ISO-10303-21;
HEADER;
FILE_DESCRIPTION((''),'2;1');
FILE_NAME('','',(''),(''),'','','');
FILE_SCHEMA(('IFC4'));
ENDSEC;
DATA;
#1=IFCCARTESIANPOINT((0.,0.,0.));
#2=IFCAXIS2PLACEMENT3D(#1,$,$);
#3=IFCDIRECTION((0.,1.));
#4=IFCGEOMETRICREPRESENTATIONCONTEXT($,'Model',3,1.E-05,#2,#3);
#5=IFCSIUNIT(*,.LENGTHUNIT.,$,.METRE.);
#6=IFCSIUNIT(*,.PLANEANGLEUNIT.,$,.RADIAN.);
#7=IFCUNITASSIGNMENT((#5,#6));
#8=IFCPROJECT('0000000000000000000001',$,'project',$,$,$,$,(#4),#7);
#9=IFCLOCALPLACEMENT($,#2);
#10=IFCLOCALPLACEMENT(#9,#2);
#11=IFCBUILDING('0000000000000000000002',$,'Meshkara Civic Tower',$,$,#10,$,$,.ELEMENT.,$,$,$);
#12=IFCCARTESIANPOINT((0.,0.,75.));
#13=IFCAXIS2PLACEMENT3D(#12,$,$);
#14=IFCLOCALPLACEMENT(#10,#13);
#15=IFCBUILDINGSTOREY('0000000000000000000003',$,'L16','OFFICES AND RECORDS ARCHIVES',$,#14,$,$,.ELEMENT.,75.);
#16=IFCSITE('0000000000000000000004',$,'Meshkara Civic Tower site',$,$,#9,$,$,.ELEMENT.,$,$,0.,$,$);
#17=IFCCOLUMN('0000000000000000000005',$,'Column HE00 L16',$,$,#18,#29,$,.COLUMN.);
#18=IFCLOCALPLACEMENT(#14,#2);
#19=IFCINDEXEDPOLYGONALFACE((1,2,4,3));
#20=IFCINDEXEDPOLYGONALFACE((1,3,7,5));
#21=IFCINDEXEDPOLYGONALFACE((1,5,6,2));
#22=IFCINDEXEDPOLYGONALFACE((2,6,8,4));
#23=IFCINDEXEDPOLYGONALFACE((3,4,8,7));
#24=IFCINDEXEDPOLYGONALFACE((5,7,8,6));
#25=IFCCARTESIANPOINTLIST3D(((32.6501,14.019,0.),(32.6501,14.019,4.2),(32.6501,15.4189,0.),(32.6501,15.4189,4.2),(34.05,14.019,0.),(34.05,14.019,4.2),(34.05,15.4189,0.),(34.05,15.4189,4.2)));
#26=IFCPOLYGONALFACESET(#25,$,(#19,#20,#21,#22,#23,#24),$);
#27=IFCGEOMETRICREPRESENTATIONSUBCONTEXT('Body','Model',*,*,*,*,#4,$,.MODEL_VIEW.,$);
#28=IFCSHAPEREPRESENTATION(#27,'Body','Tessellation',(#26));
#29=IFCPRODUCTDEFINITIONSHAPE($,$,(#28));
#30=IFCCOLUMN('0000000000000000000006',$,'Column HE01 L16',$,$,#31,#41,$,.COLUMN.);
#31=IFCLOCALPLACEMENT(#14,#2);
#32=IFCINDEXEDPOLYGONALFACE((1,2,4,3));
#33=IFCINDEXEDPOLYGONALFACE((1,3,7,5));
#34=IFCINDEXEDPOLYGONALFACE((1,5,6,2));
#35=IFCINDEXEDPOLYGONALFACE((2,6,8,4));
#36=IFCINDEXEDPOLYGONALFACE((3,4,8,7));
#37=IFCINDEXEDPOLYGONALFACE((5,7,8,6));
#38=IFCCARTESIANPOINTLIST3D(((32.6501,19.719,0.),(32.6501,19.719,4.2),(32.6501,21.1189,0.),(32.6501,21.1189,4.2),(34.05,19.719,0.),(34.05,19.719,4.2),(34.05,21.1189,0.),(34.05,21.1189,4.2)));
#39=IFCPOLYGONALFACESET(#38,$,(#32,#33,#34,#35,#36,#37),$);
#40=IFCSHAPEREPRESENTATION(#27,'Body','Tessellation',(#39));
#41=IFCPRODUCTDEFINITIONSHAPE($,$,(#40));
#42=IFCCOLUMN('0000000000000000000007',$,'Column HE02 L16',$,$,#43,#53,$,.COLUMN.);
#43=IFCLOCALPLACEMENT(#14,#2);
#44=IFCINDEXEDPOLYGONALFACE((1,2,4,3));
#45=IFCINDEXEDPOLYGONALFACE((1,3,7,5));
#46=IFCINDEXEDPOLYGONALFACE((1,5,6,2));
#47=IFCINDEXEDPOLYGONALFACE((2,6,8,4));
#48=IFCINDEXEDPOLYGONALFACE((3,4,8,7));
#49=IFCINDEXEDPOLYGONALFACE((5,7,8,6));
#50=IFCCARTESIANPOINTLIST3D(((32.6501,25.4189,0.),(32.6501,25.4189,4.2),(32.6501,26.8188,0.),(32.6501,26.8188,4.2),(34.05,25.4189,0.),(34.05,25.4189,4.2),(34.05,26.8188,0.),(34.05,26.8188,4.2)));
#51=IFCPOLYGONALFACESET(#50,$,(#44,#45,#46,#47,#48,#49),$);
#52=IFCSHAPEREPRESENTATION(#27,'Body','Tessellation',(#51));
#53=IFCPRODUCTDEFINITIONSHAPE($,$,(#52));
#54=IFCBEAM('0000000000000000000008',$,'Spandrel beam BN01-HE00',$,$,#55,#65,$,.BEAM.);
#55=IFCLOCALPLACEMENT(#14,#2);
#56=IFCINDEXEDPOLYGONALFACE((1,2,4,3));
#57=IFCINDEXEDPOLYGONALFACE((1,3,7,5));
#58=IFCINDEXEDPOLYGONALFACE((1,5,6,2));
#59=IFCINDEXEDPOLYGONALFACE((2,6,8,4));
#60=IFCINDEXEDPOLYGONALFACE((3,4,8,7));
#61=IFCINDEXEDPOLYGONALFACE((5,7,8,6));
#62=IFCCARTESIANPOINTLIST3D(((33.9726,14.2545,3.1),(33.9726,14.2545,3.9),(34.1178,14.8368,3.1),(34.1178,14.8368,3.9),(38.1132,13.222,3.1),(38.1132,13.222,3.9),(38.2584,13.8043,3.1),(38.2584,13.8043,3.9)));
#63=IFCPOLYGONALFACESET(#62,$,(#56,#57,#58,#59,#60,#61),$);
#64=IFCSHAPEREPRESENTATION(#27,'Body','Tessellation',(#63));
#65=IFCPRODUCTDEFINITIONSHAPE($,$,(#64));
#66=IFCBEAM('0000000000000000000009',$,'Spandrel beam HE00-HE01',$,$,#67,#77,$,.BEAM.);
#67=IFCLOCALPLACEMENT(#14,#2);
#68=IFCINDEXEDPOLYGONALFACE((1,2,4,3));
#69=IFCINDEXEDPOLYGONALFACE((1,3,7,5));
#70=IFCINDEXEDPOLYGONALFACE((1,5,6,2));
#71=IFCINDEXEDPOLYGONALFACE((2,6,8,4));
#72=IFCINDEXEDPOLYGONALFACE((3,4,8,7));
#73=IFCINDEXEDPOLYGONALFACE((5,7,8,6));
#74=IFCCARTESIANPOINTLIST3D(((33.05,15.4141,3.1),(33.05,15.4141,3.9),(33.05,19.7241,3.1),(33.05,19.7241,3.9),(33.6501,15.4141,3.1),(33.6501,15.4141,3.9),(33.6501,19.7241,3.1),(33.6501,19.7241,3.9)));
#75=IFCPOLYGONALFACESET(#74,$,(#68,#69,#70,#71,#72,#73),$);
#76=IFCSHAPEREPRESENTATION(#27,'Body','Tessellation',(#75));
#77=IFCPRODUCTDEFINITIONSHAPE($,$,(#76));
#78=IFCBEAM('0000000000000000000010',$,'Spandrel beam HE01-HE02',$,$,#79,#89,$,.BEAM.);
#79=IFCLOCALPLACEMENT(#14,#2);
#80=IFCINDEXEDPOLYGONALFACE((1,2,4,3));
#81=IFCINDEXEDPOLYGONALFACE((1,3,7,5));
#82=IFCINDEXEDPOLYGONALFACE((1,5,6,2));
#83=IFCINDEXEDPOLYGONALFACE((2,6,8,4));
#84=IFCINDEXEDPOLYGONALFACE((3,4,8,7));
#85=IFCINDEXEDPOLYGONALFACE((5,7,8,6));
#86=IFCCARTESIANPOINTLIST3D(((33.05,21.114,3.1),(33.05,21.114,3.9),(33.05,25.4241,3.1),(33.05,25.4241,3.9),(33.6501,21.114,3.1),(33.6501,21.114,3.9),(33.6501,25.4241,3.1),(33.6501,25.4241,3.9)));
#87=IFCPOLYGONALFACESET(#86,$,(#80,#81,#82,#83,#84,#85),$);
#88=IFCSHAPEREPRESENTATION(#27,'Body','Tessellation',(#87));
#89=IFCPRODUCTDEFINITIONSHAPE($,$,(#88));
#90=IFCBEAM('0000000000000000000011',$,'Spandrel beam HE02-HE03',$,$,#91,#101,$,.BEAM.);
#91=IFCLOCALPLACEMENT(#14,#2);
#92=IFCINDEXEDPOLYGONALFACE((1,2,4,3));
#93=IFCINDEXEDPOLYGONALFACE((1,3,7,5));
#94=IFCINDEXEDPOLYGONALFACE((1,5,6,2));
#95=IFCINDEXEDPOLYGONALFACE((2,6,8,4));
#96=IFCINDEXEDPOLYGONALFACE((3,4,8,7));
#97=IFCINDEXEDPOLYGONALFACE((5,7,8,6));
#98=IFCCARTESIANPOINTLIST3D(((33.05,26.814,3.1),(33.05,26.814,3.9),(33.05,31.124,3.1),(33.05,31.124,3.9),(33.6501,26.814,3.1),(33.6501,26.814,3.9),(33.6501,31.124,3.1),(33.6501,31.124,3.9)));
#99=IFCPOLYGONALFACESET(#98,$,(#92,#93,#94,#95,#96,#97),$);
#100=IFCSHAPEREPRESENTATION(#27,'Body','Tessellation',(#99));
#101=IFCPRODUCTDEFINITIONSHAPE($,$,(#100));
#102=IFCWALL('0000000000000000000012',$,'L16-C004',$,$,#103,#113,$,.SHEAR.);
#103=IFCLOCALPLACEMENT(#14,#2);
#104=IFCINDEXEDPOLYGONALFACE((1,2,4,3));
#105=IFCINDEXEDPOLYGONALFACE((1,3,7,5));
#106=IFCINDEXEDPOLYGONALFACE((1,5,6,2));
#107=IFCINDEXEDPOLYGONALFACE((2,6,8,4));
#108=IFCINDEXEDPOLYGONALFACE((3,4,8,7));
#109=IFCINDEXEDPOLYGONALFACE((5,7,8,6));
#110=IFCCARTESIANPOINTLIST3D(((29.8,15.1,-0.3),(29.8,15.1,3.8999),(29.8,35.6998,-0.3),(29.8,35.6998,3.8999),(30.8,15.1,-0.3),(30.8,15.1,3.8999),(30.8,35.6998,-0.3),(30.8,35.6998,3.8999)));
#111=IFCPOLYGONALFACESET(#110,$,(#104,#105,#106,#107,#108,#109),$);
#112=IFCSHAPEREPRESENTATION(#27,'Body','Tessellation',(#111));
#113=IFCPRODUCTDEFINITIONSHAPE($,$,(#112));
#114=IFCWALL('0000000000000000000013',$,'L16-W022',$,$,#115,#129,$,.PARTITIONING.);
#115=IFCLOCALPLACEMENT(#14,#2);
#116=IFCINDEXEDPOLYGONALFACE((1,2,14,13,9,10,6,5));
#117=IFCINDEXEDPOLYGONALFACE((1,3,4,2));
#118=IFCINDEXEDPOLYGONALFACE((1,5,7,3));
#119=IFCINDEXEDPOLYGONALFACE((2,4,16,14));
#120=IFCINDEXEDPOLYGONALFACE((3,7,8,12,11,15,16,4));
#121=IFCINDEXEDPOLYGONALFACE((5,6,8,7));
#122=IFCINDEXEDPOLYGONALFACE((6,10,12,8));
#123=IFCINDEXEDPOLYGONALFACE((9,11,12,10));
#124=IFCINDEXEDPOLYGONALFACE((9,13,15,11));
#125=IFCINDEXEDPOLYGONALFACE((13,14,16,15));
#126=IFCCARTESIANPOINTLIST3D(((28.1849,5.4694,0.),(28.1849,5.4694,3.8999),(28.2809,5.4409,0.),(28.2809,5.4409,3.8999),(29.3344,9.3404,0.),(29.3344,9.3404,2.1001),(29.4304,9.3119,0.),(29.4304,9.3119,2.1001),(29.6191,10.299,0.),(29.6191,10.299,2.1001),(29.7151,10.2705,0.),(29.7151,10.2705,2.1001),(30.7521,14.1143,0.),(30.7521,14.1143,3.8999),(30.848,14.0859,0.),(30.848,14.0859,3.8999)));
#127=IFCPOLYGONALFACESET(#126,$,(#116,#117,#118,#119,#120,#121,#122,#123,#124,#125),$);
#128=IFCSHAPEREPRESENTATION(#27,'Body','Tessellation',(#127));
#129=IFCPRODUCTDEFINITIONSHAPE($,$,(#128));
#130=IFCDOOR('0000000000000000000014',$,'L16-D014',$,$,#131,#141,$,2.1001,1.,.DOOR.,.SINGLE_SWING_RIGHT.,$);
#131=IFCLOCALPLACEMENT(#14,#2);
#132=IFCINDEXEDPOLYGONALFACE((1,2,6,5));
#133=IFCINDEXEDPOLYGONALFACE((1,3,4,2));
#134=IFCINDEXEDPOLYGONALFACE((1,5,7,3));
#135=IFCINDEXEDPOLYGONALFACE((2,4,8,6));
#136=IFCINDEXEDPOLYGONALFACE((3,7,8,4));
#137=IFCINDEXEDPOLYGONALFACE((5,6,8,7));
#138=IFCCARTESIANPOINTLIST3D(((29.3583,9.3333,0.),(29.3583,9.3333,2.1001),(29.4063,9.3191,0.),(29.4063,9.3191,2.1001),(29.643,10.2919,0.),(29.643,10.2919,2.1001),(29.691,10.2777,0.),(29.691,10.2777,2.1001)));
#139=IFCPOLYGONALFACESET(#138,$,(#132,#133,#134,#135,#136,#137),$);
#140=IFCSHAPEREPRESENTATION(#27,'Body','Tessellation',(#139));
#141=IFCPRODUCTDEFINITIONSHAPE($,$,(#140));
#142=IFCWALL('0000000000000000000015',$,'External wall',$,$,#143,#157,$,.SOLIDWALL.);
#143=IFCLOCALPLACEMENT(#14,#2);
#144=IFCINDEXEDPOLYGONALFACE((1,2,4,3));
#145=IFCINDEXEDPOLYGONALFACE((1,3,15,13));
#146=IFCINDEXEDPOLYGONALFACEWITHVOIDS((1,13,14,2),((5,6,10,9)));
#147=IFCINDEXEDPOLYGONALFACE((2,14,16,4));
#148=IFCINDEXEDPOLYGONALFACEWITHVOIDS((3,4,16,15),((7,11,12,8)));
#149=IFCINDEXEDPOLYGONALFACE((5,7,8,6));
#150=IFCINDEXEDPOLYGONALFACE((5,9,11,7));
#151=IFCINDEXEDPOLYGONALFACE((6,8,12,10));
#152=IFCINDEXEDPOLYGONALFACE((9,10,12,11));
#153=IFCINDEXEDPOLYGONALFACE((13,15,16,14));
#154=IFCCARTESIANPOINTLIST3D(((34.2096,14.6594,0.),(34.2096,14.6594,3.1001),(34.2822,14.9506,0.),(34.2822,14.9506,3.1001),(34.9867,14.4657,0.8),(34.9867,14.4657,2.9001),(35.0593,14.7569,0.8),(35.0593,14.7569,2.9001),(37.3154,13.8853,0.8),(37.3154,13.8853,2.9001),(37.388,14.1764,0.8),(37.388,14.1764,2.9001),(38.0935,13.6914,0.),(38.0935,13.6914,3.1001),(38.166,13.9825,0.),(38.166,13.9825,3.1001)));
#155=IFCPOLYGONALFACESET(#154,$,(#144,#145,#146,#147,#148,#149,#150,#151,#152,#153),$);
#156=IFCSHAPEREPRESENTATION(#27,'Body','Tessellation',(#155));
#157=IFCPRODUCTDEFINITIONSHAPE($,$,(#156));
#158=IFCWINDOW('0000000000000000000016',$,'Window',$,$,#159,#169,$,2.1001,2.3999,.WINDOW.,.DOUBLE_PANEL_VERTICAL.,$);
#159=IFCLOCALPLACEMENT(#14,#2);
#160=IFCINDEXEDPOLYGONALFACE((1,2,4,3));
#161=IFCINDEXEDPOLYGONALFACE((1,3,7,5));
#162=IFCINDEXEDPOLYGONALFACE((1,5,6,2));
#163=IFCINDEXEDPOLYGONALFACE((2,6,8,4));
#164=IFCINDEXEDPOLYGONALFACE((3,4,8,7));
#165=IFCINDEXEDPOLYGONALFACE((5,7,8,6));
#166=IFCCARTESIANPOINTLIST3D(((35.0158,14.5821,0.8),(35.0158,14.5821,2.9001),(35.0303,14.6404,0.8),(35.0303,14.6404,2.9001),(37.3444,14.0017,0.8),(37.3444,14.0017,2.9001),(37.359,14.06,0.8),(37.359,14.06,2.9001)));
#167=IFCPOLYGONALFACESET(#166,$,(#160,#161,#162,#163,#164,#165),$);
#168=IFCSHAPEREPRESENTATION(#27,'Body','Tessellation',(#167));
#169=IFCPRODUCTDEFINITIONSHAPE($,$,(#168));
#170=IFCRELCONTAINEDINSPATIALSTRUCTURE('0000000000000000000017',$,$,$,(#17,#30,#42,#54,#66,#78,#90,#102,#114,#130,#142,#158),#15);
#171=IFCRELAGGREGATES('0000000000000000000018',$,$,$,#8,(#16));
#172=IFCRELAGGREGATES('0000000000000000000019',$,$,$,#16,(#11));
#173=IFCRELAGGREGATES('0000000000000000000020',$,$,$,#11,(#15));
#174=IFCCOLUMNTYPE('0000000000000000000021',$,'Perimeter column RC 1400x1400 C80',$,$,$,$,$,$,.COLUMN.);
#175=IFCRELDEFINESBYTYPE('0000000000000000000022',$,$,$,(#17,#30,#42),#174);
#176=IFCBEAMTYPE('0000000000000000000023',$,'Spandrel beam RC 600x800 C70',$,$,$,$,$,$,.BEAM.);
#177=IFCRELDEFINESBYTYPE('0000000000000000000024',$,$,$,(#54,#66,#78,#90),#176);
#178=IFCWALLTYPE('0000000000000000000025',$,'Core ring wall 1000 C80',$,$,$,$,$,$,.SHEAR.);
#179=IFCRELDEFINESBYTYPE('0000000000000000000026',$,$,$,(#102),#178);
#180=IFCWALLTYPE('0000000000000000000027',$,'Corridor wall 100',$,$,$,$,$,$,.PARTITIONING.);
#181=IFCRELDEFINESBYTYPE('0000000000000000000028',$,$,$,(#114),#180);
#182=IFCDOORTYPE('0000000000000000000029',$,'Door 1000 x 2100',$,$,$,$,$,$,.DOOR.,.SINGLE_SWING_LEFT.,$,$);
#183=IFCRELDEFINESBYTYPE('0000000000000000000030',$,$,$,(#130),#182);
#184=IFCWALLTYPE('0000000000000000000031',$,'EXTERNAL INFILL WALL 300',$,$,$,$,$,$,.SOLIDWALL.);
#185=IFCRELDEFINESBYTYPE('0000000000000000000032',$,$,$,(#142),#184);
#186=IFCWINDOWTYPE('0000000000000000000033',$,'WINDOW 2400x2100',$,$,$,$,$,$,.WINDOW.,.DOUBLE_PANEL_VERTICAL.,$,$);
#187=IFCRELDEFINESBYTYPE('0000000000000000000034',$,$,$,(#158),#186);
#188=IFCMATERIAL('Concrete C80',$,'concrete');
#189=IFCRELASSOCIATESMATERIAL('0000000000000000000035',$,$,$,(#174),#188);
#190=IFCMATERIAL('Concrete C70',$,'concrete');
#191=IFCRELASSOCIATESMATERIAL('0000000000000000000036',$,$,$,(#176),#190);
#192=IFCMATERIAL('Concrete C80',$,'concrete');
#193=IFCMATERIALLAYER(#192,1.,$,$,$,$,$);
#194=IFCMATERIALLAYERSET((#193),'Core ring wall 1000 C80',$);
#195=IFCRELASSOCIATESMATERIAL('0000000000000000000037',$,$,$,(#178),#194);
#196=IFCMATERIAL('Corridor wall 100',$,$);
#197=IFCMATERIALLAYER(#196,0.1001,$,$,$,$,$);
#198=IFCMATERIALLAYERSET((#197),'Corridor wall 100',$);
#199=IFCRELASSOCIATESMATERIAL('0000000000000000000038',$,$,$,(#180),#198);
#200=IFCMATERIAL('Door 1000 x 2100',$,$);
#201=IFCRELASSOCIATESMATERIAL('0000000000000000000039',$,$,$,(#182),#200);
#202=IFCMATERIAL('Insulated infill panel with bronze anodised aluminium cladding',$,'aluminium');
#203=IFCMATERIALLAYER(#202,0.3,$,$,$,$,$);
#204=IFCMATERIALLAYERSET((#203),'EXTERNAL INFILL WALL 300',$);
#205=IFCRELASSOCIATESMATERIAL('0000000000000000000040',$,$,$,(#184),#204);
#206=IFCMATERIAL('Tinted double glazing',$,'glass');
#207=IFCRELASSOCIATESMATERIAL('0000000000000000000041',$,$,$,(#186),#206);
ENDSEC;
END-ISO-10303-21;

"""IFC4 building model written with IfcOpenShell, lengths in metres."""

from ifc_helpers import new_model, si_unit, direction, frame, frame_2d, origin, origin_2d, place, context, subcontext, project, spatial, rectangle, extrude, material, layer, layer_set, material_profile, profile_set, type_object, element, fill, save


model = new_model("IFC4")

# Units and contexts
model_context = context("Model", 3, precision=1e-05, world=origin(), true_north=direction((0.0, 1.0)))
body_context = subcontext(model_context, "Body", "Model", "MODEL_VIEW")
ifc_project = project(units=[si_unit("LENGTHUNIT", "METRE"), si_unit("PLANEANGLEUNIT", "RADIAN")], contexts=[model_context])

# Site, building, storey
site_placement = place(None, origin())
site = spatial("IfcSite", under=ifc_project, at=site_placement, Name="Meshkara Civic Tower site", CompositionType="ELEMENT", RefElevation=0.0)
building_placement = place(site_placement, origin())
building = spatial("IfcBuilding", under=site, at=building_placement, Name="Meshkara Civic Tower", CompositionType="ELEMENT")
storey_placement = place(building_placement, frame((0.0, 0.0, 75.0)))
storey = spatial("IfcBuildingStorey", under=building, at=storey_placement, Name="L16", Description="OFFICES AND RECORDS ARCHIVES", CompositionType="ELEMENT", Elevation=75.0)

# Columns
ifc_material_1 = material(Name="Concrete C80", Category="concrete")
ifc_material_profile_1 = material_profile(ifc_material_1, rectangle(XDim=1.3999, YDim=1.3999, at=origin_2d()))
ifc_profile_set_1 = profile_set([ifc_material_profile_1], Name="Concrete C80")
column_type = type_object("IfcColumnType", Name="Perimeter column RC 1400x1400 C80", PredefinedType="COLUMN", material=ifc_profile_set_1)
for number, where, z_axis, x_axis, name in (
    (1, (33.3501, 14.719, 0.0), (0.0, 0.0, 1.0), (1.0, 0.0, 0.0), "Column HE00 L16"),
    (2, (33.3501, 20.4189, 0.0), (0.0, 0.0, 1.0), (1.0, 0.0, 0.0), "Column HE01 L16"),
    (3, (33.3501, 26.1189, 0.0), (0.0, 0.0, 1.0), (1.0, 0.0, 0.0), "Column HE02 L16"),
):
    element("IfcColumn", number, at=place(storey_placement, frame(where, z_axis=z_axis, x_axis=x_axis)), inside=storey, type_object=column_type, Name=name, PredefinedType="COLUMN", context=body_context, shape_type="SweptSolid", body=[
        extrude(rectangle(XDim=1.3999, YDim=1.3999, at=origin_2d()), origin(), (0.0, 0.0, 1.0), 4.2),
    ])

# Beams
ifc_material_2 = material(Name="Concrete C70", Category="concrete")
ifc_material_profile_2 = material_profile(ifc_material_2, rectangle(XDim=0.6001, YDim=0.8, at=origin_2d()))
ifc_profile_set_2 = profile_set([ifc_material_profile_2], Name="Concrete C70")
beam_type = type_object("IfcBeamType", Name="Spandrel beam RC 600x800 C70", PredefinedType="BEAM", material=ifc_profile_set_2)
beam_placement = place(storey_placement, frame((38.1858, 13.5132, 3.5), z_axis=(-0.97029, 0.241943, 0.0), x_axis=(-0.241943, -0.97029, 0.0)))
element("IfcBeam", 4, at=beam_placement, inside=storey, type_object=beam_type, Name="Spandrel beam BN01-HE00", PredefinedType="BEAM", context=body_context, shape_type="SweptSolid", body=[
    extrude(rectangle(XDim=0.6001, YDim=0.8, at=origin_2d()), origin(), (0.0, 0.0, 1.0), 4.2673),
])
for number, where, z_axis, x_axis, name in (
    (5, (33.3501, 15.4141, 3.5), (0.0, 1.0, 0.0), (-1.0, 0.0, 0.0), "Spandrel beam HE00-HE01"),
    (6, (33.3501, 21.114, 3.5), (0.0, 1.0, 0.0), (-1.0, 0.0, 0.0), "Spandrel beam HE01-HE02"),
    (7, (33.3501, 26.814, 3.5), (0.0, 1.0, 0.0), (-1.0, 0.0, 0.0), "Spandrel beam HE02-HE03"),
):
    element("IfcBeam", number, at=place(storey_placement, frame(where, z_axis=z_axis, x_axis=x_axis)), inside=storey, type_object=beam_type, Name=name, PredefinedType="BEAM", context=body_context, shape_type="SweptSolid", body=[
        extrude(rectangle(XDim=0.6001, YDim=0.8, at=origin_2d()), origin(), (0.0, 0.0, 1.0), 4.3101),
    ])

# Wall
ifc_material_3 = material(Name="Concrete C80", Category="concrete")
ifc_layer_1 = layer(ifc_material_3, 1.0)
ifc_layer_set_1 = layer_set([ifc_layer_1], Name="Core ring wall 1000 C80")
wall_type_1 = type_object("IfcWallType", Name="Core ring wall 1000 C80", PredefinedType="SHEAR", material=ifc_layer_set_1)
wall_1_placement = place(storey_placement, frame((30.3, 15.1001, -0.3), z_axis=(0.0, 0.0, 1.0), x_axis=(0.0, 1.0, 0.0)))
element("IfcWall", 8, at=wall_1_placement, inside=storey, type_object=wall_type_1, Name="L16-C004", PredefinedType="SHEAR", context=body_context, shape_type="SweptSolid", body=[
    extrude(rectangle(XDim=20.5999, YDim=1.0, at=frame_2d((10.2998, 0.0))), origin(), (0.0, 0.0, 1.0), 4.2),
])

# Wall, opening, door
ifc_material_4 = material(Name="Corridor wall 100")
ifc_layer_2 = layer(ifc_material_4, 0.1001)
ifc_layer_set_2 = layer_set([ifc_layer_2], Name="Corridor wall 100")
wall_type_2 = type_object("IfcWallType", Name="Corridor wall 100", PredefinedType="PARTITIONING", material=ifc_layer_set_2)
wall_2_placement = place(storey_placement, frame((30.8, 14.1001, 0.0), z_axis=(0.0, 0.0, 1.0), x_axis=(-0.284664, -0.958627, 0.0)))
wall_2 = element("IfcWall", 9, at=wall_2_placement, inside=storey, type_object=wall_type_2, Name="L16-W022", PredefinedType="PARTITIONING", context=body_context, shape_type="SweptSolid", body=[
    extrude(rectangle(XDim=9.0181, YDim=0.1001, at=frame_2d((4.509, 0.0))), origin(), (0.0, 0.0, 1.0), 3.8999),
])
opening_1_placement = place(wall_2_placement, frame((3.98, 0.0, 0.0)))
opening_1 = element("IfcOpeningElement", 10, at=opening_1_placement, cuts=wall_2, PredefinedType="OPENING", context=body_context, shape_type="SweptSolid", body=[
    extrude(rectangle(XDim=1.0, YDim=2.1001, at=frame_2d((0.5, 1.05))), frame((0.0, 0.0601, 0.0), z_axis=(0.0, -1.0, 0.0), x_axis=(1.0, 0.0, 0.0)), (0.0, 0.0, 1.0), 0.1201),
])
ifc_material_5 = material(Name="Door 1000 x 2100")
door_type_1 = type_object("IfcDoorType", Name="Door 1000 x 2100", OperationType="SINGLE_SWING_LEFT", PredefinedType="DOOR", material=ifc_material_5)
door_1_placement = place(opening_1_placement, origin())
door_1 = element("IfcDoor", 11, at=door_1_placement, inside=storey, type_object=door_type_1, Name="L16-D014", OperationType="SINGLE_SWING_RIGHT", OverallHeight=2.1001, OverallWidth=1.0, PredefinedType="DOOR", context=body_context, shape_type="SweptSolid", body=[
    extrude(rectangle(XDim=1.0, YDim=2.1001, at=frame_2d((0.5, 1.05))), frame((0.0, 0.0249, 0.0), z_axis=(0.0, -1.0, 0.0), x_axis=(1.0, 0.0, 0.0)), (0.0, 0.0, 1.0), 0.05),
])
fill(opening_1, door_1)

# Wall, opening, window
ifc_material_6 = material(Name="Insulated infill panel with bronze anodised aluminium cladding", Category="aluminium")
ifc_layer_3 = layer(ifc_material_6, 0.3)
ifc_layer_set_3 = layer_set([ifc_layer_3], Name="EXTERNAL INFILL WALL 300")
wall_type_3 = type_object("IfcWallType", Name="EXTERNAL INFILL WALL 300", PredefinedType="SOLIDWALL", material=ifc_layer_set_3)
wall_3_placement = place(storey_placement, frame((38.1299, 13.8369, 0.0), z_axis=(0.0, 0.0, 1.0), x_axis=(-0.970314, 0.241847, 0.0)))
wall_3 = element("IfcWall", 12, at=wall_3_placement, inside=storey, type_object=wall_type_3, Name="External wall", PredefinedType="SOLIDWALL", context=body_context, shape_type="SweptSolid", body=[
    extrude(rectangle(XDim=4.0027, YDim=0.3, at=frame_2d((2.0015, 0.0))), origin(), (0.0, 0.0, 1.0), 3.1001),
])
opening_2_placement = place(wall_3_placement, frame((0.802, 0.0, 0.8)))
opening_2 = element("IfcOpeningElement", 13, at=opening_2_placement, cuts=wall_3, PredefinedType="OPENING", context=body_context, shape_type="SweptSolid", body=[
    extrude(rectangle(XDim=2.3999, YDim=2.1001, at=frame_2d((1.2, 1.05))), frame((0.0, 0.1599, 0.0), z_axis=(0.0, -1.0, 0.0), x_axis=(1.0, 0.0, 0.0)), (0.0, 0.0, 1.0), 0.3201),
])
ifc_material_7 = material(Name="Tinted double glazing", Category="glass")
window_type = type_object("IfcWindowType", Name="WINDOW 2400x2100", PartitioningType="DOUBLE_PANEL_VERTICAL", PredefinedType="WINDOW", material=ifc_material_7)
window_1_placement = place(opening_2_placement, origin())
window_1 = element("IfcWindow", 14, at=window_1_placement, inside=storey, type_object=window_type, Name="Window", OverallHeight=2.1001, OverallWidth=2.3999, PartitioningType="DOUBLE_PANEL_VERTICAL", PredefinedType="WINDOW", context=body_context, shape_type="SweptSolid", body=[
    extrude(rectangle(XDim=2.3999, YDim=2.1001, at=frame_2d((1.2, 1.05))), frame((0.0, 0.03, 0.0), z_axis=(0.0, -1.0, 0.0), x_axis=(1.0, 0.0, 0.0)), (0.0, 0.0, 1.0), 0.0601),
])
fill(opening_2, window_1)

save(model, "model.ifc")
